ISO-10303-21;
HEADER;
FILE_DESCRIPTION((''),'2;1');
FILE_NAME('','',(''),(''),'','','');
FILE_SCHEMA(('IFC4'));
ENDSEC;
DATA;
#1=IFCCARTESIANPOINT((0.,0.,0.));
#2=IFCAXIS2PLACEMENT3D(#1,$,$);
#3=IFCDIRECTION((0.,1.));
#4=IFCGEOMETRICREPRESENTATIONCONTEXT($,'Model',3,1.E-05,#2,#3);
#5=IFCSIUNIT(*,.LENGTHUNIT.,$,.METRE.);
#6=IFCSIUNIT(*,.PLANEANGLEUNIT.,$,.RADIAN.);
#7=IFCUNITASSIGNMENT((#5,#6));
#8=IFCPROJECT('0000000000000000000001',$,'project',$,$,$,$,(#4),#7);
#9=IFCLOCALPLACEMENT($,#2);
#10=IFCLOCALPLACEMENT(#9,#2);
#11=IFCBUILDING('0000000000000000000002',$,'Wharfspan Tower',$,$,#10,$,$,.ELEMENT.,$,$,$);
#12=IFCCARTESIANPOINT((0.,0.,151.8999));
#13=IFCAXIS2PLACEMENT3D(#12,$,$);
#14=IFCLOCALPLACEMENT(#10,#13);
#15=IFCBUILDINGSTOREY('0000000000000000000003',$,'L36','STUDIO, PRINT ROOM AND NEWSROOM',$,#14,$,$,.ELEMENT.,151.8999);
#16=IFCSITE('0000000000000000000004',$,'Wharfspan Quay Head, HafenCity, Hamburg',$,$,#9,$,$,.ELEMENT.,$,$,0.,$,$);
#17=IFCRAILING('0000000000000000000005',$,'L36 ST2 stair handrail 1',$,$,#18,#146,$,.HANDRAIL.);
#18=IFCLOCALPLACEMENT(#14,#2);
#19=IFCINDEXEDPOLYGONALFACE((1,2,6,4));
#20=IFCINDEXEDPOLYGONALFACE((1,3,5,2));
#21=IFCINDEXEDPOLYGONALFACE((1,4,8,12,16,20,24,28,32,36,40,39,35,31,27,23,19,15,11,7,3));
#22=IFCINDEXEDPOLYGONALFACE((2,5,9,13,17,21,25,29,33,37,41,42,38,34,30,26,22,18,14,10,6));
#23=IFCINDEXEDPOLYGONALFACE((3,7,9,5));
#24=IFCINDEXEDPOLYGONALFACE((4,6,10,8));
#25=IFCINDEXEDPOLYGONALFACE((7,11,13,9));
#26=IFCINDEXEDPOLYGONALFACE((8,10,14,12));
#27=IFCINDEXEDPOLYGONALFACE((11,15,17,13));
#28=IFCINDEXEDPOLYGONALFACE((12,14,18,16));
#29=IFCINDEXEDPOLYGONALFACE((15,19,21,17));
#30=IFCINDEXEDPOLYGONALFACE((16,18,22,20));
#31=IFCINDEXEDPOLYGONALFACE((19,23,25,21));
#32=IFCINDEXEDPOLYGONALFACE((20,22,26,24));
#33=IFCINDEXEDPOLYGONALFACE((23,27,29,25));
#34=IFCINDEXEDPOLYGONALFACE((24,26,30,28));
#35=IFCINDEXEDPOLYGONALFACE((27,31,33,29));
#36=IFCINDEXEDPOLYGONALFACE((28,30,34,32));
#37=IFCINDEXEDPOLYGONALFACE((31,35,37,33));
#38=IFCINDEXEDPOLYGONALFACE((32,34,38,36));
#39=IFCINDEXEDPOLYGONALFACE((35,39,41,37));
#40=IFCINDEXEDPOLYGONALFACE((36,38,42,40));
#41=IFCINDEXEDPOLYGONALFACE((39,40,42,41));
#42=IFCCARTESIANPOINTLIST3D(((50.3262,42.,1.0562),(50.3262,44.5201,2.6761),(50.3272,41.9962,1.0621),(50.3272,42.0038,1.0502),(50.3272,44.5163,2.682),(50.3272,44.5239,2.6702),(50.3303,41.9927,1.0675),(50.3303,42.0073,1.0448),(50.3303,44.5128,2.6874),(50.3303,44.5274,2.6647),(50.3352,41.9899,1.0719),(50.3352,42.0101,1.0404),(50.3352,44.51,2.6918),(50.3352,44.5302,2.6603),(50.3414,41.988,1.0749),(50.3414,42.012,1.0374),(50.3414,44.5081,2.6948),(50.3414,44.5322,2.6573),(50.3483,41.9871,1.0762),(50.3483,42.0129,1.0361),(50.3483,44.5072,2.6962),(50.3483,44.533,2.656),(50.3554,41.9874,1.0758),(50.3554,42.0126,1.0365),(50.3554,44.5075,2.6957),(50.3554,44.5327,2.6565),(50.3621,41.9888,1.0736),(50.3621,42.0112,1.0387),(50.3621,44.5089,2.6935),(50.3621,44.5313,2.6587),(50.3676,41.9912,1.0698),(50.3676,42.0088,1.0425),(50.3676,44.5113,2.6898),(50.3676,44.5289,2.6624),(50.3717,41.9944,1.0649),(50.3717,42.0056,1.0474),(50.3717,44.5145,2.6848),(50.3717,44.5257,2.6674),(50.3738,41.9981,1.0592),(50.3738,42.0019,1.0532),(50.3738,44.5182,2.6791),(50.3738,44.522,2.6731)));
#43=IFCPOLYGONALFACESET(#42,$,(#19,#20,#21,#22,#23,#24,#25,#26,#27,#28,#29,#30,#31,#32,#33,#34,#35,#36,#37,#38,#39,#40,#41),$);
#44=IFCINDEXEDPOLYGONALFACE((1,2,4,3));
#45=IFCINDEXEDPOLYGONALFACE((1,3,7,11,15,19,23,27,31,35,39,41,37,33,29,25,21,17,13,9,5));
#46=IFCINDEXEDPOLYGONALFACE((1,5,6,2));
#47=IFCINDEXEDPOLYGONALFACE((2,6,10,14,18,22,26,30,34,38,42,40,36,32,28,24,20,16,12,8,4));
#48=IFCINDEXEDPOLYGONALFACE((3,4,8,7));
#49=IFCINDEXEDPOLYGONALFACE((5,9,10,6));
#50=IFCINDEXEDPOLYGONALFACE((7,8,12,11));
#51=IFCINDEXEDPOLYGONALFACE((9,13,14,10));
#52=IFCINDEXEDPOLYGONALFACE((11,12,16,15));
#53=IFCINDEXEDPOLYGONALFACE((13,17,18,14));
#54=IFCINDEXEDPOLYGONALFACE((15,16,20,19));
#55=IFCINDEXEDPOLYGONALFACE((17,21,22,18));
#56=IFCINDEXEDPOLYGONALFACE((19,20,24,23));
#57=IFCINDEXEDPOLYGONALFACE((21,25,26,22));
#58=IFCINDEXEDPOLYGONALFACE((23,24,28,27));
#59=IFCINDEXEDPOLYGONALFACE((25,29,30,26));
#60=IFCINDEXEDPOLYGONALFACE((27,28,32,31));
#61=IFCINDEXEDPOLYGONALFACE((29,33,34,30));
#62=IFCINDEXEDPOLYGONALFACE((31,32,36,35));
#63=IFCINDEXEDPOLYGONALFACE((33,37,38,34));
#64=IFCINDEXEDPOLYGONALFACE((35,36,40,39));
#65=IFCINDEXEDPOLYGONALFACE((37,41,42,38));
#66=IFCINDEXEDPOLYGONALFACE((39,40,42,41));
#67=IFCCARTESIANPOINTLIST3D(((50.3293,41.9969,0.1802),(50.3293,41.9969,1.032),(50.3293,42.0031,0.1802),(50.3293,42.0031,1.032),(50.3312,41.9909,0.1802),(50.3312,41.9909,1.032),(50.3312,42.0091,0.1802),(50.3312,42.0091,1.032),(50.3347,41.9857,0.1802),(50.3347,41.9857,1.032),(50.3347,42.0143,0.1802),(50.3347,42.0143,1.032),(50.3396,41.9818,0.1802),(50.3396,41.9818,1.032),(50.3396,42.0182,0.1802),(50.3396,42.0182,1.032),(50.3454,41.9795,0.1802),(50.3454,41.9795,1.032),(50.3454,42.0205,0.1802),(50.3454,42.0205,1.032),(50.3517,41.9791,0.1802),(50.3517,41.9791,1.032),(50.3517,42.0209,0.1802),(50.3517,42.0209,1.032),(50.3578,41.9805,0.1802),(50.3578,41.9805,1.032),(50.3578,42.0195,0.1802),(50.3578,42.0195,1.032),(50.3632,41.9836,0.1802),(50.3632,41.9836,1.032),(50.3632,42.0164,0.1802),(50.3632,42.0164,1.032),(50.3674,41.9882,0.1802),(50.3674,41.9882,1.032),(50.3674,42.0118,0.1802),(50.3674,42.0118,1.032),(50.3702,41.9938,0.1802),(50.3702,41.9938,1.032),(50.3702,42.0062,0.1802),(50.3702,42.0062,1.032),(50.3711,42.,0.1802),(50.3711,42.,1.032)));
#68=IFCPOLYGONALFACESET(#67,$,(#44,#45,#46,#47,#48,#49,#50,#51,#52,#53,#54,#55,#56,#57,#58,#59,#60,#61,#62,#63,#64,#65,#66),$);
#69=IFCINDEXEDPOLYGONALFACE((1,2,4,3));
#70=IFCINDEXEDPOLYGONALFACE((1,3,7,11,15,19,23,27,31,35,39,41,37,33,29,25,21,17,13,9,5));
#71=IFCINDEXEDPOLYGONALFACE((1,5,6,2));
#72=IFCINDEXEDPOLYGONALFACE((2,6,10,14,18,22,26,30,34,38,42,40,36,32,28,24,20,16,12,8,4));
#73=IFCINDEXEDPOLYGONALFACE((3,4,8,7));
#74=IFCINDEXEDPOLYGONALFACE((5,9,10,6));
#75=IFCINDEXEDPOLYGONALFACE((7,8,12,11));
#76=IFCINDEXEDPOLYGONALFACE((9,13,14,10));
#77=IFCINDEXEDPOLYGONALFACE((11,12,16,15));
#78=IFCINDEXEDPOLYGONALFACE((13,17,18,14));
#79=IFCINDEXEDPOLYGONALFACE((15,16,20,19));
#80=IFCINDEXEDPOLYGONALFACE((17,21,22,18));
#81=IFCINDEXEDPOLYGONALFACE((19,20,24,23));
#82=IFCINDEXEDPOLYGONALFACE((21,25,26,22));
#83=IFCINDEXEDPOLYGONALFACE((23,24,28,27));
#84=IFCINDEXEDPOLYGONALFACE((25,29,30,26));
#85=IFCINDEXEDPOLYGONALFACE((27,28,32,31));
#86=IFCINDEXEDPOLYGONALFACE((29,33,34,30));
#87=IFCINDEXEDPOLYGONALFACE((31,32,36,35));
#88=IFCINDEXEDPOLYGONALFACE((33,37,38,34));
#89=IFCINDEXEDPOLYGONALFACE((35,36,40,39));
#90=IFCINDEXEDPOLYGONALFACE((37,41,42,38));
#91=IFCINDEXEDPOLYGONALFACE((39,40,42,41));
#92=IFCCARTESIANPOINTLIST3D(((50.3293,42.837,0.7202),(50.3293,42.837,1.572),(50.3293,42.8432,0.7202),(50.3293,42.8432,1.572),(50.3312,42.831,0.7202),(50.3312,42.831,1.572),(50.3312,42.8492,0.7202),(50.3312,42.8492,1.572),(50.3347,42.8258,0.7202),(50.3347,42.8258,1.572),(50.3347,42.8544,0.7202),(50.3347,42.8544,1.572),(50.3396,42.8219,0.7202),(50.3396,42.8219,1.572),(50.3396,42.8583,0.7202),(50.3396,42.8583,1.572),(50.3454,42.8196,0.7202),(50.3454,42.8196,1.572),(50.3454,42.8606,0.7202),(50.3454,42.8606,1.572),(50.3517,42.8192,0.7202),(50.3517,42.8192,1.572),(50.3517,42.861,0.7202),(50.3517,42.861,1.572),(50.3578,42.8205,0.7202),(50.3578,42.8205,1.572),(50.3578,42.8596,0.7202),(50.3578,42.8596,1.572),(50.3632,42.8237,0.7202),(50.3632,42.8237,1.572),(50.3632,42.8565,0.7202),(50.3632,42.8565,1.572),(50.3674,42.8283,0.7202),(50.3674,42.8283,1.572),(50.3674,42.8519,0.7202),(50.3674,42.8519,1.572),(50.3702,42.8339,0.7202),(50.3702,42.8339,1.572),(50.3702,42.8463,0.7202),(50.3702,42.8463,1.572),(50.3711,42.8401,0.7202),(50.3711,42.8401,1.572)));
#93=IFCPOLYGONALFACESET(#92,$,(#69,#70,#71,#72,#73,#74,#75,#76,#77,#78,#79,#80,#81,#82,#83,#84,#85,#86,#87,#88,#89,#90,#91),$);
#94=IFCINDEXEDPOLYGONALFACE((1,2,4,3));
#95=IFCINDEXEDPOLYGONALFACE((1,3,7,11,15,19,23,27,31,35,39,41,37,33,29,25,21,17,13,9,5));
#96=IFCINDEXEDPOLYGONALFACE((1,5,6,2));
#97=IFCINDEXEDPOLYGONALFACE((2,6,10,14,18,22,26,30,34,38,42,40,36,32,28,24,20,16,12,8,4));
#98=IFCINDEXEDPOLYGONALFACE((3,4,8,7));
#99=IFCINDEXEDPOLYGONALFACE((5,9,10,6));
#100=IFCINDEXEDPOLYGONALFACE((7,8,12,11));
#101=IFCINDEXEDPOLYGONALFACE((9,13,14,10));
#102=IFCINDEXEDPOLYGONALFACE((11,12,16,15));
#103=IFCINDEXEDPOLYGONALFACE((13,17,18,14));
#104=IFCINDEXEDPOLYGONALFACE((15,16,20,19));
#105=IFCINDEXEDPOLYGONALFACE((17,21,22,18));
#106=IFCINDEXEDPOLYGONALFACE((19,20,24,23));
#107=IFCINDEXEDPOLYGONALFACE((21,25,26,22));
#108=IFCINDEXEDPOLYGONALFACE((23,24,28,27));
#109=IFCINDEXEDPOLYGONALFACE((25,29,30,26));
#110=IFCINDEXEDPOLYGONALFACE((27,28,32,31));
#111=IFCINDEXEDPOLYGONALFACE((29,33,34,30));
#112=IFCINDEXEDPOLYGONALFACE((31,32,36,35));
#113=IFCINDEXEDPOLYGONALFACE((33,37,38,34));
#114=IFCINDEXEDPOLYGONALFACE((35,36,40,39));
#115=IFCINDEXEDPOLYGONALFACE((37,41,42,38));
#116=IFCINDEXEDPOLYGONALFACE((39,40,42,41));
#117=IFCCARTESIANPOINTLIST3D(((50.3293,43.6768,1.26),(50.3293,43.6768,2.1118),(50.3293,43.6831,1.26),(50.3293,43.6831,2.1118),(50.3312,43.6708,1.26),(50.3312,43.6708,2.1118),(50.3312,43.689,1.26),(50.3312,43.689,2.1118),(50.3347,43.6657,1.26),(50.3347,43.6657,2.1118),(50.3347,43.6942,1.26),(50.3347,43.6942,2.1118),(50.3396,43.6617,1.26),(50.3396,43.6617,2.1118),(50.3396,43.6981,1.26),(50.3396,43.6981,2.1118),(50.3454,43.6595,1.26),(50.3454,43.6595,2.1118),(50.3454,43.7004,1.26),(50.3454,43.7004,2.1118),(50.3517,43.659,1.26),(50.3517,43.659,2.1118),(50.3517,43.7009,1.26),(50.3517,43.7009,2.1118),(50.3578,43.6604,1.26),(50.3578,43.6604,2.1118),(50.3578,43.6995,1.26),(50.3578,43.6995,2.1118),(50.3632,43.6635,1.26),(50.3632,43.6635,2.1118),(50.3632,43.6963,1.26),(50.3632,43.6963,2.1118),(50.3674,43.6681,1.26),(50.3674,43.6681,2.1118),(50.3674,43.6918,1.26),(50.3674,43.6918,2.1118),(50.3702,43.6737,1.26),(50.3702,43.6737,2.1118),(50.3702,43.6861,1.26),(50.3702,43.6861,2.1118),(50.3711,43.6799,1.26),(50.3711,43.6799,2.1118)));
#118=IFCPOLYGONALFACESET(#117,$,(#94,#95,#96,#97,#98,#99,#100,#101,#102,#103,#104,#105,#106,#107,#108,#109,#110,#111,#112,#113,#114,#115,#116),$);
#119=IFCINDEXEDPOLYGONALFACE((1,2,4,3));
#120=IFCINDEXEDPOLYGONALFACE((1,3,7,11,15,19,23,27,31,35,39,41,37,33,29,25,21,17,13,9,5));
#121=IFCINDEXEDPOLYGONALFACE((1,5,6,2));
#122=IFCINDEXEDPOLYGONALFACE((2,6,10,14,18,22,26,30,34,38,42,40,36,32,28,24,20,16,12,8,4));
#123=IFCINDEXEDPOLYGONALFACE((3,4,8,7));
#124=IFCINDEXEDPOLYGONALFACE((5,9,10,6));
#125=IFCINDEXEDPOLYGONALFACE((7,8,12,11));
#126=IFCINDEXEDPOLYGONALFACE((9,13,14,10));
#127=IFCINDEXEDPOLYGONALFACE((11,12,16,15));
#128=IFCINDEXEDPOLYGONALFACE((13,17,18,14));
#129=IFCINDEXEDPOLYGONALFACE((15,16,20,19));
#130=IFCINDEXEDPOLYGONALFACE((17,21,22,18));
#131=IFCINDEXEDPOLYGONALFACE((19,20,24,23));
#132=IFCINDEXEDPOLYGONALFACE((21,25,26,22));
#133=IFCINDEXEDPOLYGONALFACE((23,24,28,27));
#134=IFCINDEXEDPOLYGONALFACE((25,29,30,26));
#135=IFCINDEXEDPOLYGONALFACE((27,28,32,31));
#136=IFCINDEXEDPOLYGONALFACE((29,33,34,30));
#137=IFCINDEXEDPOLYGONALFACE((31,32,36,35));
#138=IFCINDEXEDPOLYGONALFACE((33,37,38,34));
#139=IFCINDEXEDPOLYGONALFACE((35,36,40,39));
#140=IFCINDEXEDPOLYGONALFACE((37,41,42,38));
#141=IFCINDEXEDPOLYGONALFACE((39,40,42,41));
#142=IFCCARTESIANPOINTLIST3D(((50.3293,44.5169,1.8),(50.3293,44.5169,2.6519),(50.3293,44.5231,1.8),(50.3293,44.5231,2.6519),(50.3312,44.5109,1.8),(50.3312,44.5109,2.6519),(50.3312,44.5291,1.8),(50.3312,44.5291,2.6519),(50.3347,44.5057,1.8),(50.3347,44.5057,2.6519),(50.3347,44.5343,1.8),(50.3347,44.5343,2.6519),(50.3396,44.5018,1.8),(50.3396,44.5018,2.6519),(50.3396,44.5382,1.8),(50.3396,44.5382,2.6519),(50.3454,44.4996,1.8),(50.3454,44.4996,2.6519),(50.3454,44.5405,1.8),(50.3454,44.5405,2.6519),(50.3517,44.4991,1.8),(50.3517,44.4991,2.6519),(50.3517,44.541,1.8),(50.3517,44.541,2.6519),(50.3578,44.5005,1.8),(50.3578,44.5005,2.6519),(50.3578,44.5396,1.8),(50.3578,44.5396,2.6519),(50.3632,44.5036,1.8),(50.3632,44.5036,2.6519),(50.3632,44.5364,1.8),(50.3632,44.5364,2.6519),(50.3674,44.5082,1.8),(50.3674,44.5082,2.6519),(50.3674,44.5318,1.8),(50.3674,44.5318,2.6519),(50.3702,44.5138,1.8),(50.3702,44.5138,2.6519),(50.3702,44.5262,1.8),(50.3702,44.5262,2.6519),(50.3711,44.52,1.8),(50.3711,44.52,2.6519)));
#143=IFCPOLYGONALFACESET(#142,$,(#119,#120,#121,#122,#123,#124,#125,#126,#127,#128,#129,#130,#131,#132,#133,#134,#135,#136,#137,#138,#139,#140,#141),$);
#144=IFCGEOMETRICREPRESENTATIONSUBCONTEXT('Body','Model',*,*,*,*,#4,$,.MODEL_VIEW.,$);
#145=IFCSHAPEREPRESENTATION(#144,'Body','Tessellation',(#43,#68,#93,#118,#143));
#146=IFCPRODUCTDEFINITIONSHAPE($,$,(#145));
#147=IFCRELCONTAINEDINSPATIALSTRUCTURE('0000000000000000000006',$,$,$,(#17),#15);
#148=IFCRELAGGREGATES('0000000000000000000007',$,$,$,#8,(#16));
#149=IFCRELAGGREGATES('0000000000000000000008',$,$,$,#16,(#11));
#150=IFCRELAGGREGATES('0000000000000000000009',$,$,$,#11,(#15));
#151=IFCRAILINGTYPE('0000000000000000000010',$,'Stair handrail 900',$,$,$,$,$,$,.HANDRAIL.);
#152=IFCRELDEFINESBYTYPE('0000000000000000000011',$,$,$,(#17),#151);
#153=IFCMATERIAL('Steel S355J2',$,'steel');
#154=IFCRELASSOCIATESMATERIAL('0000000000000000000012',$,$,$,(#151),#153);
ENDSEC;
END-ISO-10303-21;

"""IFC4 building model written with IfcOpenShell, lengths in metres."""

from ifc_helpers import new_model, si_unit, direction, frame, origin, origin_2d, place, context, subcontext, project, spatial, circle, extrude, material, type_object, element, save


model = new_model("IFC4")

# Units and contexts
model_context = context("Model", 3, precision=1e-05, world=origin(), true_north=direction((0.0, 1.0)))
body_context = subcontext(model_context, "Body", "Model", "MODEL_VIEW")
ifc_project = project(units=[si_unit("LENGTHUNIT", "METRE"), si_unit("PLANEANGLEUNIT", "RADIAN")], contexts=[model_context])

# Site, building, storey
site_placement = place(None, origin())
site = spatial("IfcSite", under=ifc_project, at=site_placement, Name="Wharfspan Quay Head, HafenCity, Hamburg", CompositionType="ELEMENT", RefElevation=0.0)
building_placement = place(site_placement, origin())
building = spatial("IfcBuilding", under=site, at=building_placement, Name="Wharfspan Tower", CompositionType="ELEMENT")
storey_placement = place(building_placement, frame((0.0, 0.0, 151.8999)))
storey = spatial("IfcBuildingStorey", under=building, at=storey_placement, Name="L36", Description="STUDIO, PRINT ROOM AND NEWSROOM", CompositionType="ELEMENT", Elevation=151.8999)

# Shared definitions
ifc_material_1 = material(Name="Steel S355J2", Category="steel")

# Railing
railing_type_1 = type_object("IfcRailingType", Name="Stair handrail 900", PredefinedType="HANDRAIL", material=ifc_material_1)
railing_1_placement = place(storey_placement, frame((50.3501, 42.0, 0.1802)))
element("IfcRailing", 1, at=railing_1_placement, inside=storey, type_object=railing_type_1, Name="L36 ST2 stair handrail 1", PredefinedType="HANDRAIL", context=body_context, shape_type="SweptSolid", body=[
    extrude(circle(Radius=0.0239, at=origin_2d()), frame((0.0, 0.0, 0.876), z_axis=(0.0, 0.8412, 0.540725), x_axis=(-1.0, 0.0, 0.0)), (0.0, 0.0, 1.0), 2.9958),
    extrude(circle(Radius=0.021, at=origin_2d()), origin(), (0.0, 0.0, 1.0), 0.8518),
    extrude(circle(Radius=0.021, at=origin_2d()), frame((0.0, 0.8401, 0.54)), (0.0, 0.0, 1.0), 0.8518),
    extrude(circle(Radius=0.021, at=origin_2d()), frame((0.0, 1.6799, 1.0798)), (0.0, 0.0, 1.0), 0.8518),
    extrude(circle(Radius=0.021, at=origin_2d()), frame((0.0, 2.52, 1.6199)), (0.0, 0.0, 1.0), 0.8518),
])

save(model, "model.ifc")
